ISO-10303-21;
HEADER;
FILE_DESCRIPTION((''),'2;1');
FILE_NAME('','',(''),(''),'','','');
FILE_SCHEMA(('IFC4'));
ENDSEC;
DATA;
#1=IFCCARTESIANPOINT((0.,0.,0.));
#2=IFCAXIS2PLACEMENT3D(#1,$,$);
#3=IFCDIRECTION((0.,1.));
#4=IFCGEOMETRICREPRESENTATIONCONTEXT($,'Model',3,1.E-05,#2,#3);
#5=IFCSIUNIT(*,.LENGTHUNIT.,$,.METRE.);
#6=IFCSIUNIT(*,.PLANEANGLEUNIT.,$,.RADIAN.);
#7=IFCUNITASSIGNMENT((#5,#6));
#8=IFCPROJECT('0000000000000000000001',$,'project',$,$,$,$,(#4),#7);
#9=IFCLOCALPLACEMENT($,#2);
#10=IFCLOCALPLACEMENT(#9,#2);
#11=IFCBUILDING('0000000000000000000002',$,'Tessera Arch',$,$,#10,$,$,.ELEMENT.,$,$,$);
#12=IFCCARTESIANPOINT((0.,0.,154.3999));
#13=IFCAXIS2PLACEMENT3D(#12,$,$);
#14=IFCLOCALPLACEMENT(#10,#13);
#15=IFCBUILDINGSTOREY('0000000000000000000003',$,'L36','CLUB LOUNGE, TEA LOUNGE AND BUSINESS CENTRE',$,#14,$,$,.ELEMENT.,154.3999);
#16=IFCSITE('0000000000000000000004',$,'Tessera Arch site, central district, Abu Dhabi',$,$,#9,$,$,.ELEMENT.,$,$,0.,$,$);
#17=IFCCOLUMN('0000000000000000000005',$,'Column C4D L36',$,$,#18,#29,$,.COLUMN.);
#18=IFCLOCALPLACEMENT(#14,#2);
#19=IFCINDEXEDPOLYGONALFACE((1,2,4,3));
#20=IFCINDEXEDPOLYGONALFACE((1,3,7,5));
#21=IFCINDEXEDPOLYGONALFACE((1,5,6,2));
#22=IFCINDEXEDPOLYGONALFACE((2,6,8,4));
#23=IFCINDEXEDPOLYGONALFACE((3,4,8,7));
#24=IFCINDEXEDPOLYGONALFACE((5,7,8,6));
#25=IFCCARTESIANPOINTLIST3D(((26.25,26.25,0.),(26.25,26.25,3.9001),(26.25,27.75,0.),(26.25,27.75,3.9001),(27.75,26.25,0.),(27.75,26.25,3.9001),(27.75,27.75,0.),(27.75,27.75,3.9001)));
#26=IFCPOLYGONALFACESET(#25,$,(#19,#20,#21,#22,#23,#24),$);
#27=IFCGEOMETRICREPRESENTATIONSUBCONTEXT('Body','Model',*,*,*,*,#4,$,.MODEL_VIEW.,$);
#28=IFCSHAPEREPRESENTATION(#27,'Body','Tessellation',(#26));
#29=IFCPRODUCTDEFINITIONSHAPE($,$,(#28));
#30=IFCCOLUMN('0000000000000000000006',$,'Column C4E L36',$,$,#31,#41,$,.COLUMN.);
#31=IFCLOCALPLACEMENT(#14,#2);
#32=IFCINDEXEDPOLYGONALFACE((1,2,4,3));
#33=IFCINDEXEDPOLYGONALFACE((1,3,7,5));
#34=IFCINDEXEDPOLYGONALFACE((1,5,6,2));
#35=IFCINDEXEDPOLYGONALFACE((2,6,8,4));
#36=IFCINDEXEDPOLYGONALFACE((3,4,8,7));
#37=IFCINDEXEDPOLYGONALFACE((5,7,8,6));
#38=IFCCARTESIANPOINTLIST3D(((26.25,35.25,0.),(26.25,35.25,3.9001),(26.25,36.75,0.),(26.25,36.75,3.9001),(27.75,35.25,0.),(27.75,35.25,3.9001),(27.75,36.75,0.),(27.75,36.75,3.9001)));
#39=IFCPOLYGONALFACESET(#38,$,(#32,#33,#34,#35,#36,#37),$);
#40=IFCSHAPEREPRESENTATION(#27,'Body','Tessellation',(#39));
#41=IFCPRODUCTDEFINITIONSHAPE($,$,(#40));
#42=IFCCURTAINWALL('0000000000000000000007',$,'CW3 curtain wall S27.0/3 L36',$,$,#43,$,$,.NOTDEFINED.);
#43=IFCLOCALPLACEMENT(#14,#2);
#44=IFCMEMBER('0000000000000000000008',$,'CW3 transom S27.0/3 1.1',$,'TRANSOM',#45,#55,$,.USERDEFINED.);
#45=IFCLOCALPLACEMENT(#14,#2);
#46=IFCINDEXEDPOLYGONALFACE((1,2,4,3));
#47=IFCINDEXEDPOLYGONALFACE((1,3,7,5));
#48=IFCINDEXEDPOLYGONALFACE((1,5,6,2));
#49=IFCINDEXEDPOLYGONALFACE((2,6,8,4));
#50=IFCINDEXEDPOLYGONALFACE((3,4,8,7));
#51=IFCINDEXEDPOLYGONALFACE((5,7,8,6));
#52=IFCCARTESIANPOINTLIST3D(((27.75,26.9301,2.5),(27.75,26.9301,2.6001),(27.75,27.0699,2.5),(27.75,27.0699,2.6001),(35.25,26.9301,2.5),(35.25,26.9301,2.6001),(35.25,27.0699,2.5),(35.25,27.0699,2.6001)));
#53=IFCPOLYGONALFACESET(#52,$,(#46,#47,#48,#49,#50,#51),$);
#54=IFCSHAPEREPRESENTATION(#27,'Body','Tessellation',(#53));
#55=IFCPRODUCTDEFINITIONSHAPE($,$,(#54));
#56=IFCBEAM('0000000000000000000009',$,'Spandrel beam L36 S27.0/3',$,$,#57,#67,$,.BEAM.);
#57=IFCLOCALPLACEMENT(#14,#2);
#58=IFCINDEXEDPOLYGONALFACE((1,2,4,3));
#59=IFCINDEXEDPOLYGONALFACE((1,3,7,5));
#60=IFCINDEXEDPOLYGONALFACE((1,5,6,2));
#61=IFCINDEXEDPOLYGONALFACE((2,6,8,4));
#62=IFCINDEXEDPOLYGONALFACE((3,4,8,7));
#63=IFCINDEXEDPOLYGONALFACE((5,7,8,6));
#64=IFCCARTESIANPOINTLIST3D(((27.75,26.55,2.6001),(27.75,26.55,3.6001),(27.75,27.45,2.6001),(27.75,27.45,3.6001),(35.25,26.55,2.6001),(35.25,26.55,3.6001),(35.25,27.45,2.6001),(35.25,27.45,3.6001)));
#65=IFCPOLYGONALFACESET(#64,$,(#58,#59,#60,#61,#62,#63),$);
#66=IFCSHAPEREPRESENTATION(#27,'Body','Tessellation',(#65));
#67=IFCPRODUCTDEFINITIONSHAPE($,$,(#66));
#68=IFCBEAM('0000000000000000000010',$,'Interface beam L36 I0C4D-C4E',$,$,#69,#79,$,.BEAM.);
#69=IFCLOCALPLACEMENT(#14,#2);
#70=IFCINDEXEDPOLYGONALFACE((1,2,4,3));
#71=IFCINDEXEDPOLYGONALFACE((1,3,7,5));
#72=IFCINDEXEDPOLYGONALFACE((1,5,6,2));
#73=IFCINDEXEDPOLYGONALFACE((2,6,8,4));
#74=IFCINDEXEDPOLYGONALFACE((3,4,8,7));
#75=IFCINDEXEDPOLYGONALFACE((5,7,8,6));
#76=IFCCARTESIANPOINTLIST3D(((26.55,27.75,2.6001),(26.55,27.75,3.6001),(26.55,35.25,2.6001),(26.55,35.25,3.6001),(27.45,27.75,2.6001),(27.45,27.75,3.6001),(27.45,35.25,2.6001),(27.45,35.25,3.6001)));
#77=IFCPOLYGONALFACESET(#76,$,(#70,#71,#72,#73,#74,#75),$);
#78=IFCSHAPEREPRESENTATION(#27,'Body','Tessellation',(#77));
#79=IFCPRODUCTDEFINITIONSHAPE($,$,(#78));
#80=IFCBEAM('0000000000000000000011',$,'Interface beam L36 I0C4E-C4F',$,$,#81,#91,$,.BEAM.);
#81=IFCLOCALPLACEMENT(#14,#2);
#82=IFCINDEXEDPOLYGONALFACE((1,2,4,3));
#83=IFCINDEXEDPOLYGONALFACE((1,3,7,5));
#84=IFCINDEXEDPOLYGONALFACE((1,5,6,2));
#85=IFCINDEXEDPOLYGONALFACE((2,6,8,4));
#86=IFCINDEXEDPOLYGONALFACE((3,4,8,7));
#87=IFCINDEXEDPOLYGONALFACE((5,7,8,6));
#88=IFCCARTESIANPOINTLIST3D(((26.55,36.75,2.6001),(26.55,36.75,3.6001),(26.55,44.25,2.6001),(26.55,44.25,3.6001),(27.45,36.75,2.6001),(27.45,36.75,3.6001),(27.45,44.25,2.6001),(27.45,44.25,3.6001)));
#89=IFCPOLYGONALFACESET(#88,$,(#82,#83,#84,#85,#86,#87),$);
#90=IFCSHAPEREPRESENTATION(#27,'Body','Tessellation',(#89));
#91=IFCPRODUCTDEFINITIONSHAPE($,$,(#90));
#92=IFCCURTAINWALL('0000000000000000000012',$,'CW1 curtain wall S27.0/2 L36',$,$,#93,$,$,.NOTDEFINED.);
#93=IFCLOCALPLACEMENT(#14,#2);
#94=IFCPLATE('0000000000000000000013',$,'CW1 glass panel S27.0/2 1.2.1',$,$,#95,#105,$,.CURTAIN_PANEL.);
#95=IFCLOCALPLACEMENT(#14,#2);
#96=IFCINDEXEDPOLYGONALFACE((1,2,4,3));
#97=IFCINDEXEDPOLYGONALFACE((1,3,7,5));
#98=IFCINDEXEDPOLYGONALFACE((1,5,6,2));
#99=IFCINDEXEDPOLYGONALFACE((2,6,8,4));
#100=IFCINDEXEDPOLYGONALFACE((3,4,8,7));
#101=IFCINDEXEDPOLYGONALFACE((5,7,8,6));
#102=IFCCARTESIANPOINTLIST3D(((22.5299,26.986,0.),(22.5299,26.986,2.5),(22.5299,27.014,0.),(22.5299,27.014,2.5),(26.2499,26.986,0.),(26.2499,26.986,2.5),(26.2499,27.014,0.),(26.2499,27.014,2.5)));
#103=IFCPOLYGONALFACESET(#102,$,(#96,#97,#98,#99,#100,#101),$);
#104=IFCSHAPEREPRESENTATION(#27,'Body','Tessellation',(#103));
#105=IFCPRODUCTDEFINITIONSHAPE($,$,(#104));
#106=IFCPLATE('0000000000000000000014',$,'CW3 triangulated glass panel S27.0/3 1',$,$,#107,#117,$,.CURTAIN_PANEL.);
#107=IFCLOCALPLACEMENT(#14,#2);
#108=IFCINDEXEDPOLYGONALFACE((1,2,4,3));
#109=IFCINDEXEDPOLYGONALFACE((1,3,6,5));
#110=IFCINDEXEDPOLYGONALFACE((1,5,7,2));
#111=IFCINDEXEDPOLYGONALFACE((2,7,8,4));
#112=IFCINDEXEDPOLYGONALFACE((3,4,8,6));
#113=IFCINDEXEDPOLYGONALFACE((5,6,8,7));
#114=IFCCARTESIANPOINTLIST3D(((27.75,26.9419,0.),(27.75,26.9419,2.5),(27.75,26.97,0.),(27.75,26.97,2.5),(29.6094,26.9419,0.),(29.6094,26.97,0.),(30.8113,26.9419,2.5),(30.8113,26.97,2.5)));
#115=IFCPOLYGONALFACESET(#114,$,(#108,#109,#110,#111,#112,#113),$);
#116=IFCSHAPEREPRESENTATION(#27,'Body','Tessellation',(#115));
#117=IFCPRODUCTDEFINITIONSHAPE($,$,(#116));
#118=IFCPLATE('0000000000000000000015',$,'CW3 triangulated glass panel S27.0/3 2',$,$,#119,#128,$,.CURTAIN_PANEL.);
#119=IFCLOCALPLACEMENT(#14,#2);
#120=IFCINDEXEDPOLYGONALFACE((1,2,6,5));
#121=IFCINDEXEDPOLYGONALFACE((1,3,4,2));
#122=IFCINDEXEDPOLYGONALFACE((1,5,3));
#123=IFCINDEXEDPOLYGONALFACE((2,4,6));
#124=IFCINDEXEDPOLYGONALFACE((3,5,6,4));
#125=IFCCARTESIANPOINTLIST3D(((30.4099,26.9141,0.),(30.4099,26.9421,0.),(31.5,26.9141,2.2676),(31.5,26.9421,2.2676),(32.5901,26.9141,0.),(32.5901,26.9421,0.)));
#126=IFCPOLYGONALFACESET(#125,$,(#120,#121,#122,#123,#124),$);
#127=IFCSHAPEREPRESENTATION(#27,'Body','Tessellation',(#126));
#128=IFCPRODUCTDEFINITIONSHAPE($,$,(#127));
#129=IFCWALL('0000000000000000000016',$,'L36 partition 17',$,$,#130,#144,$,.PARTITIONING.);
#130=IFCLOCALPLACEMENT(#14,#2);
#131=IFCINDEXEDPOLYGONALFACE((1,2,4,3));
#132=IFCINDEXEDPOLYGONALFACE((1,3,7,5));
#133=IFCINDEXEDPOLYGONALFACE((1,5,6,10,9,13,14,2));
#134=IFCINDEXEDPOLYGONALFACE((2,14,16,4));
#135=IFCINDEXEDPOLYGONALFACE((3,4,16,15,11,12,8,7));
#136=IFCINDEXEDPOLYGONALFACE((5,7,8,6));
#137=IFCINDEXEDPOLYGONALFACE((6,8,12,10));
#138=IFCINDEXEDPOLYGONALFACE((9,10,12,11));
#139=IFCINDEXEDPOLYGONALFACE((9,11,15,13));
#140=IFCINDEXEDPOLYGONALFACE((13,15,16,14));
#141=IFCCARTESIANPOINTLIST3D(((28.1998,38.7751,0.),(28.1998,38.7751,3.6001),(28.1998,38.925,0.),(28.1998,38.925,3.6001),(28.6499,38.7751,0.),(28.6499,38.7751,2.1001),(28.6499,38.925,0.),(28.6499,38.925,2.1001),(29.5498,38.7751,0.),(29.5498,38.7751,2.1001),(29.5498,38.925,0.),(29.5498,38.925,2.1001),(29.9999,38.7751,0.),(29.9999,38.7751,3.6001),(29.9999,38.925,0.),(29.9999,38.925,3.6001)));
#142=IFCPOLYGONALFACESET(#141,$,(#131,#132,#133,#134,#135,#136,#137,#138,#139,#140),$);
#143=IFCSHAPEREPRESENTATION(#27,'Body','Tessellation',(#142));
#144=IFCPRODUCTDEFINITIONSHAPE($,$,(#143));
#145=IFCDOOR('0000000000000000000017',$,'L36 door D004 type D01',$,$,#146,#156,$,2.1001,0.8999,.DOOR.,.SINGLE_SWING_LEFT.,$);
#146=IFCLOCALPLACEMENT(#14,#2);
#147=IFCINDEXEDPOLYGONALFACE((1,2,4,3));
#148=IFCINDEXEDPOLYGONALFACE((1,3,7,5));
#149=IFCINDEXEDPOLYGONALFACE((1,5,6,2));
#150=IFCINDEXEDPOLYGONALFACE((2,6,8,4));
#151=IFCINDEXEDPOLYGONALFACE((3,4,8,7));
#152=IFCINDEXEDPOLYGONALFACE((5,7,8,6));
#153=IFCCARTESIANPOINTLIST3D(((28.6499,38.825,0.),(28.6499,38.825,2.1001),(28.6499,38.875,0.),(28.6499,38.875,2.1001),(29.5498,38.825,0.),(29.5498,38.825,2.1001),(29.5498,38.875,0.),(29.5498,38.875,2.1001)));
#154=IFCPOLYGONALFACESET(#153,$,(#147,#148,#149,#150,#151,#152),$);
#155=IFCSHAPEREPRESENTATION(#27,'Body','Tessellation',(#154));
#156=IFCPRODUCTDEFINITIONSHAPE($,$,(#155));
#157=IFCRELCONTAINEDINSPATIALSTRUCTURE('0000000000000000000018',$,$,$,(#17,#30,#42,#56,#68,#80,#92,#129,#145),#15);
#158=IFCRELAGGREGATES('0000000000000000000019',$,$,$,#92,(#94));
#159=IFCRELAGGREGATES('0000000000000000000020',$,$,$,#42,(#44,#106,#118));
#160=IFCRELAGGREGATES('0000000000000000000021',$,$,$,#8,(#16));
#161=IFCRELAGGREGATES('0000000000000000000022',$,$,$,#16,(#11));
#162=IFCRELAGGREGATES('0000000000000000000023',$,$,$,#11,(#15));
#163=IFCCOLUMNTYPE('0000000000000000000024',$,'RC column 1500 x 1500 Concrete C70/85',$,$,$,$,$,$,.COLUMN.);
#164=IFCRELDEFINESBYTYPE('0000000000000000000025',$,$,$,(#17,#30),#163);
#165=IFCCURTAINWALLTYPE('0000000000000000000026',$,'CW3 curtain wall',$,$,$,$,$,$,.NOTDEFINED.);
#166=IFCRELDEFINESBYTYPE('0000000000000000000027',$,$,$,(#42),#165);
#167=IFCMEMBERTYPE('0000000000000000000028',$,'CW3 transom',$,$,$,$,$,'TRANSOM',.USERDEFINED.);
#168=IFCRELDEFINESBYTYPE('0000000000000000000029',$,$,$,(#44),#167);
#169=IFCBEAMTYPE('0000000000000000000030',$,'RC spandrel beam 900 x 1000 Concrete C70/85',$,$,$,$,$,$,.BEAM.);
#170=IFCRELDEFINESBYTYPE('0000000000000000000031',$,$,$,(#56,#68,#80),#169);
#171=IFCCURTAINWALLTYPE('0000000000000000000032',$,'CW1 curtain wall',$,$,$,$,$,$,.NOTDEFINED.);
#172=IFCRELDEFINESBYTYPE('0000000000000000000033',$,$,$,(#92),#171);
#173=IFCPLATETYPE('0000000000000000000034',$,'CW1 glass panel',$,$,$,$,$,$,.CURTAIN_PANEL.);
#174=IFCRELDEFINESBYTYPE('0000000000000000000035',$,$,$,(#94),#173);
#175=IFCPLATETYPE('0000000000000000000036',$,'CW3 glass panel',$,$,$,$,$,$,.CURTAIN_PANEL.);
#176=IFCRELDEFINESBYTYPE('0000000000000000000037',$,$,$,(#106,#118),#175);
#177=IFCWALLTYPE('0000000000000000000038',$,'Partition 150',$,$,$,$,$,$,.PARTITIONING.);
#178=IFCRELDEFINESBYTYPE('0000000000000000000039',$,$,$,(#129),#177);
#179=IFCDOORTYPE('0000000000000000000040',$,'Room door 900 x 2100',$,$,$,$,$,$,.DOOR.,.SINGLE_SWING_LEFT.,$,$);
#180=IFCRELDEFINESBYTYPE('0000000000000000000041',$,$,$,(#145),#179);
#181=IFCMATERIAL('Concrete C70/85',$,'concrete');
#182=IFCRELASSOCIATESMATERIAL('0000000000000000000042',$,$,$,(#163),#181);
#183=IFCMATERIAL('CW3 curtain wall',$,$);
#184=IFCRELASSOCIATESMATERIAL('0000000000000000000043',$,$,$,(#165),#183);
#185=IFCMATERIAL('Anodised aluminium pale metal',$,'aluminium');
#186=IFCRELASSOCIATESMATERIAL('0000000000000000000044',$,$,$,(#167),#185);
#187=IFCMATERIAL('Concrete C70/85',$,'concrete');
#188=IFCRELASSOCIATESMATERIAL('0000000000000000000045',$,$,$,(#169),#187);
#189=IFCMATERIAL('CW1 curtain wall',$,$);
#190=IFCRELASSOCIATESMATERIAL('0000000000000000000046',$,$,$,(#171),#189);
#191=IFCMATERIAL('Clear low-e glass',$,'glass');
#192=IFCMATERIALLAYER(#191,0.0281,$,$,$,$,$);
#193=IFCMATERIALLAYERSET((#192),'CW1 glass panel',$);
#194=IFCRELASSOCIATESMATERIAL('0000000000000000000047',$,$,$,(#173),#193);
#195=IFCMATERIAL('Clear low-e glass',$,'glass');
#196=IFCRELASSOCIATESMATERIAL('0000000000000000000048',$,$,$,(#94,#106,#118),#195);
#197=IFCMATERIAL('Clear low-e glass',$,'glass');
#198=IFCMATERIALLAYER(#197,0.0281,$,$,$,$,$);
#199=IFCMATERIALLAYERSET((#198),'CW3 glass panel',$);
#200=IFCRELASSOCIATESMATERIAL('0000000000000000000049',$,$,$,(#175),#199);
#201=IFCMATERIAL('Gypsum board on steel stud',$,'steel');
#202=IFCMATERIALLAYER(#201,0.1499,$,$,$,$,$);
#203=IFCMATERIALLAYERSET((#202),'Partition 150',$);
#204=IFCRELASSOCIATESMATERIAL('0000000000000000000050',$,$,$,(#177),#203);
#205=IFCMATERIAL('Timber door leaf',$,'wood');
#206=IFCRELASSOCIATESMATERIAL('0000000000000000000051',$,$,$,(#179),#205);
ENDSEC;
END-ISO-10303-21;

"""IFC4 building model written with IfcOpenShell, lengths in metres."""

from ifc_helpers import new_model, si_unit, direction, frame, frame_2d, origin, origin_2d, place, context, subcontext, project, spatial, polyline, rectangle, outline, extrude, material, layer, layer_set, material_profile, profile_set, type_object, element, fill, aggregate, save


model = new_model("IFC4")

# Units and contexts
model_context = context("Model", 3, precision=1e-05, world=origin(), true_north=direction((0.0, 1.0)))
body_context = subcontext(model_context, "Body", "Model", "MODEL_VIEW")
ifc_project = project(units=[si_unit("LENGTHUNIT", "METRE"), si_unit("PLANEANGLEUNIT", "RADIAN")], contexts=[model_context])

# Site, building, storey
site_placement = place(None, origin())
site = spatial("IfcSite", under=ifc_project, at=site_placement, Name="Tessera Arch site, central district, Abu Dhabi", CompositionType="ELEMENT", RefElevation=0.0)
building_placement = place(site_placement, origin())
building = spatial("IfcBuilding", under=site, at=building_placement, Name="Tessera Arch", CompositionType="ELEMENT")
storey_placement = place(building_placement, frame((0.0, 0.0, 154.3999)))
storey = spatial("IfcBuildingStorey", under=building, at=storey_placement, Name="L36", Description="CLUB LOUNGE, TEA LOUNGE AND BUSINESS CENTRE", CompositionType="ELEMENT", Elevation=154.3999)

# Columns
ifc_material_1 = material(Name="Concrete C70/85", Category="concrete")
ifc_material_profile_1 = material_profile(ifc_material_1, rectangle(XDim=1.5, YDim=1.5, at=origin_2d()), Name="RC column 1500 x 1500 Concrete C70/85")
ifc_profile_set_1 = profile_set([ifc_material_profile_1], Name="Concrete C70/85")
column_type = type_object("IfcColumnType", Name="RC column 1500 x 1500 Concrete C70/85", PredefinedType="COLUMN", material=ifc_profile_set_1)
for number, where, z_axis, x_axis, name in (
    (1, (27.0, 27.0, 0.0), (0.0, 0.0, 1.0), (1.0, 0.0, 0.0), "Column C4D L36"),
    (2, (27.0, 36.0, 0.0), (0.0, 0.0, 1.0), (1.0, 0.0, 0.0), "Column C4E L36"),
):
    element("IfcColumn", number, at=place(storey_placement, frame(where, z_axis=z_axis, x_axis=x_axis)), inside=storey, type_object=column_type, Name=name, PredefinedType="COLUMN", context=body_context, shape_type="SweptSolid", body=[
        extrude(rectangle(XDim=1.5, YDim=1.5, at=origin_2d()), origin(), (0.0, 0.0, 1.0), 3.9001),
    ])

# Curtain wall, member
ifc_material_2 = material(Name="CW3 curtain wall")
curtain_wall_type_1 = type_object("IfcCurtainWallType", Name="CW3 curtain wall", PredefinedType="NOTDEFINED", material=ifc_material_2)
curtain_wall_1_placement = place(storey_placement, origin())
curtain_wall_1 = element("IfcCurtainWall", 3, at=curtain_wall_1_placement, inside=storey, type_object=curtain_wall_type_1, Name="CW3 curtain wall S27.0/3 L36", PredefinedType="NOTDEFINED")
ifc_material_3 = material(Name="Anodised aluminium pale metal", Category="aluminium")
ifc_material_profile_2 = material_profile(ifc_material_3, rectangle(XDim=0.1399, YDim=0.1001, at=origin_2d()), Name="AL 140x100")
ifc_profile_set_2 = profile_set([ifc_material_profile_2], Name="Anodised aluminium pale metal")
member_type = type_object("IfcMemberType", Name="CW3 transom", ElementType="TRANSOM", PredefinedType="USERDEFINED", material=ifc_profile_set_2)
member_placement = place(storey_placement, frame((27.75, 27.0, 2.55), z_axis=(1.0, 0.0, 0.0), x_axis=(0.0, 1.0, 0.0)))
member = element("IfcMember", 4, at=member_placement, type_object=member_type, Name="CW3 transom S27.0/3 1.1", ObjectType="TRANSOM", PredefinedType="USERDEFINED", context=body_context, shape_type="SweptSolid", body=[
    extrude(rectangle(XDim=0.1399, YDim=0.1001, at=origin_2d()), origin(), (0.0, 0.0, 1.0), 7.5),
])

# Beams
ifc_material_4 = material(Name="Concrete C70/85", Category="concrete")
ifc_material_profile_3 = material_profile(ifc_material_4, rectangle(XDim=0.8999, YDim=1.0, at=origin_2d()), Name="RC spandrel beam 900 x 1000 Concrete C70/85")
ifc_profile_set_3 = profile_set([ifc_material_profile_3], Name="Concrete C70/85")
beam_type = type_object("IfcBeamType", Name="RC spandrel beam 900 x 1000 Concrete C70/85", PredefinedType="BEAM", material=ifc_profile_set_3)
for number, where, z_axis, x_axis, name in (
    (5, (27.75, 27.0, 3.1001), (1.0, 0.0, 0.0), (0.0, 1.0, 0.0), "Spandrel beam L36 S27.0/3"),
    (6, (27.0, 27.75, 3.1001), (0.0, 1.0, 0.0), (-1.0, 0.0, 0.0), "Interface beam L36 I0C4D-C4E"),
    (7, (27.0, 36.75, 3.1001), (0.0, 1.0, 0.0), (-1.0, 0.0, 0.0), "Interface beam L36 I0C4E-C4F"),
):
    element("IfcBeam", number, at=place(storey_placement, frame(where, z_axis=z_axis, x_axis=x_axis)), inside=storey, type_object=beam_type, Name=name, PredefinedType="BEAM", context=body_context, shape_type="SweptSolid", body=[
        extrude(rectangle(XDim=0.8999, YDim=1.0, at=origin_2d()), origin(), (0.0, 0.0, 1.0), 7.5),
    ])

# Curtain wall, plate
ifc_material_5 = material(Name="CW1 curtain wall")
curtain_wall_type_2 = type_object("IfcCurtainWallType", Name="CW1 curtain wall", PredefinedType="NOTDEFINED", material=ifc_material_5)
curtain_wall_2_placement = place(storey_placement, origin())
curtain_wall_2 = element("IfcCurtainWall", 8, at=curtain_wall_2_placement, inside=storey, type_object=curtain_wall_type_2, Name="CW1 curtain wall S27.0/2 L36", PredefinedType="NOTDEFINED")
ifc_material_6 = material(Name="Clear low-e glass", Category="glass")
ifc_material_7 = material(Name="Clear low-e glass", Category="glass")
ifc_layer_1 = layer(ifc_material_7, 0.0281)
ifc_layer_set_1 = layer_set([ifc_layer_1], Name="CW1 glass panel")
plate_type_1 = type_object("IfcPlateType", Name="CW1 glass panel", PredefinedType="CURTAIN_PANEL", material=ifc_layer_set_1)
plate_1_placement = place(storey_placement, frame((24.3899, 27.0, 0.0), z_axis=(0.0, 0.0, 1.0), x_axis=(1.0, 0.0, 0.0)))
plate_1 = element("IfcPlate", 9, at=plate_1_placement, type_object=plate_type_1, material=ifc_material_6, Name="CW1 glass panel S27.0/2 1.2.1", PredefinedType="CURTAIN_PANEL", context=body_context, shape_type="SweptSolid", body=[
    extrude(rectangle(XDim=3.72, YDim=0.0281, at=origin_2d()), origin(), (0.0, 0.0, 1.0), 2.5),
])
aggregate(curtain_wall_2, [plate_1])

# Plates
ifc_material_8 = material(Name="Clear low-e glass", Category="glass")
ifc_layer_2 = layer(ifc_material_8, 0.0281)
ifc_layer_set_2 = layer_set([ifc_layer_2], Name="CW3 glass panel")
plate_type_2 = type_object("IfcPlateType", Name="CW3 glass panel", PredefinedType="CURTAIN_PANEL", material=ifc_layer_set_2)
plate_2_placement = place(storey_placement, frame((27.75, 26.9419, 0.0), z_axis=(0.0, -1.0, 0.0), x_axis=(1.0, 0.0, 0.0)))
plate_2 = element("IfcPlate", 10, at=plate_2_placement, type_object=plate_type_2, material=ifc_material_6, Name="CW3 triangulated glass panel S27.0/3 1", PredefinedType="CURTAIN_PANEL", context=body_context, shape_type="SweptSolid", body=[
    extrude(outline(polyline([(0.0, 0.0), (1.8594, 0.0), (3.0613, 2.5), (0.0, 2.5), (0.0, 0.0)])), origin(), (0.0, 0.0, -1.0), 0.0281),
])
plate_3_placement = place(storey_placement, frame((30.4099, 26.9141, 0.0), z_axis=(0.0, -1.0, 0.0), x_axis=(1.0, 0.0, 0.0)))
plate_3 = element("IfcPlate", 11, at=plate_3_placement, type_object=plate_type_2, material=ifc_material_6, Name="CW3 triangulated glass panel S27.0/3 2", PredefinedType="CURTAIN_PANEL", context=body_context, shape_type="SweptSolid", body=[
    extrude(outline(polyline([(0.0, 0.0), (2.1802, 0.0), (1.0901, 2.2676), (0.0, 0.0)])), origin(), (0.0, 0.0, -1.0), 0.0281),
])
aggregate(curtain_wall_1, [member, plate_2, plate_3])

# Wall, opening, door
ifc_material_9 = material(Name="Gypsum board on steel stud", Category="steel")
ifc_layer_3 = layer(ifc_material_9, 0.1499)
ifc_layer_set_3 = layer_set([ifc_layer_3], Name="Partition 150")
wall_type_1 = type_object("IfcWallType", Name="Partition 150", PredefinedType="PARTITIONING", material=ifc_layer_set_3)
wall_1_placement = place(storey_placement, frame((28.2, 38.8501, 0.0), z_axis=(0.0, 0.0, 1.0), x_axis=(1.0, 0.0, 0.0)))
wall_1 = element("IfcWall", 12, at=wall_1_placement, inside=storey, type_object=wall_type_1, Name="L36 partition 17", PredefinedType="PARTITIONING", context=body_context, shape_type="SweptSolid", body=[
    extrude(rectangle(XDim=1.8, YDim=0.1499, at=frame_2d((0.8999, 0.0))), origin(), (0.0, 0.0, 1.0), 3.6001),
])
opening_1_placement = place(wall_1_placement, frame((0.45, 0.0, 0.0)))
opening_1 = element("IfcOpeningElement", 13, at=opening_1_placement, cuts=wall_1, PredefinedType="OPENING", context=body_context, shape_type="SweptSolid", body=[
    extrude(rectangle(XDim=0.8999, YDim=2.1001, at=frame_2d((0.45, 1.05))), frame((0.0, 0.085, 0.0), z_axis=(0.0, -1.0, 0.0), x_axis=(1.0, 0.0, 0.0)), (0.0, 0.0, 1.0), 0.1699),
])
ifc_material_10 = material(Name="Timber door leaf", Category="wood")
door_type_1 = type_object("IfcDoorType", Name="Room door 900 x 2100", OperationType="SINGLE_SWING_LEFT", PredefinedType="DOOR", material=ifc_material_10)
door_1_placement = place(opening_1_placement, origin())
door_1 = element("IfcDoor", 14, at=door_1_placement, inside=storey, type_object=door_type_1, Name="L36 door D004 type D01", OperationType="SINGLE_SWING_LEFT", OverallHeight=2.1001, OverallWidth=0.8999, PredefinedType="DOOR", context=body_context, shape_type="SweptSolid", body=[
    extrude(rectangle(XDim=0.8999, YDim=2.1001, at=frame_2d((0.45, 1.05))), frame((0.0, 0.0249, 0.0), z_axis=(0.0, -1.0, 0.0), x_axis=(1.0, 0.0, 0.0)), (0.0, 0.0, 1.0), 0.05),
])
fill(opening_1, door_1)

save(model, "model.ifc")
